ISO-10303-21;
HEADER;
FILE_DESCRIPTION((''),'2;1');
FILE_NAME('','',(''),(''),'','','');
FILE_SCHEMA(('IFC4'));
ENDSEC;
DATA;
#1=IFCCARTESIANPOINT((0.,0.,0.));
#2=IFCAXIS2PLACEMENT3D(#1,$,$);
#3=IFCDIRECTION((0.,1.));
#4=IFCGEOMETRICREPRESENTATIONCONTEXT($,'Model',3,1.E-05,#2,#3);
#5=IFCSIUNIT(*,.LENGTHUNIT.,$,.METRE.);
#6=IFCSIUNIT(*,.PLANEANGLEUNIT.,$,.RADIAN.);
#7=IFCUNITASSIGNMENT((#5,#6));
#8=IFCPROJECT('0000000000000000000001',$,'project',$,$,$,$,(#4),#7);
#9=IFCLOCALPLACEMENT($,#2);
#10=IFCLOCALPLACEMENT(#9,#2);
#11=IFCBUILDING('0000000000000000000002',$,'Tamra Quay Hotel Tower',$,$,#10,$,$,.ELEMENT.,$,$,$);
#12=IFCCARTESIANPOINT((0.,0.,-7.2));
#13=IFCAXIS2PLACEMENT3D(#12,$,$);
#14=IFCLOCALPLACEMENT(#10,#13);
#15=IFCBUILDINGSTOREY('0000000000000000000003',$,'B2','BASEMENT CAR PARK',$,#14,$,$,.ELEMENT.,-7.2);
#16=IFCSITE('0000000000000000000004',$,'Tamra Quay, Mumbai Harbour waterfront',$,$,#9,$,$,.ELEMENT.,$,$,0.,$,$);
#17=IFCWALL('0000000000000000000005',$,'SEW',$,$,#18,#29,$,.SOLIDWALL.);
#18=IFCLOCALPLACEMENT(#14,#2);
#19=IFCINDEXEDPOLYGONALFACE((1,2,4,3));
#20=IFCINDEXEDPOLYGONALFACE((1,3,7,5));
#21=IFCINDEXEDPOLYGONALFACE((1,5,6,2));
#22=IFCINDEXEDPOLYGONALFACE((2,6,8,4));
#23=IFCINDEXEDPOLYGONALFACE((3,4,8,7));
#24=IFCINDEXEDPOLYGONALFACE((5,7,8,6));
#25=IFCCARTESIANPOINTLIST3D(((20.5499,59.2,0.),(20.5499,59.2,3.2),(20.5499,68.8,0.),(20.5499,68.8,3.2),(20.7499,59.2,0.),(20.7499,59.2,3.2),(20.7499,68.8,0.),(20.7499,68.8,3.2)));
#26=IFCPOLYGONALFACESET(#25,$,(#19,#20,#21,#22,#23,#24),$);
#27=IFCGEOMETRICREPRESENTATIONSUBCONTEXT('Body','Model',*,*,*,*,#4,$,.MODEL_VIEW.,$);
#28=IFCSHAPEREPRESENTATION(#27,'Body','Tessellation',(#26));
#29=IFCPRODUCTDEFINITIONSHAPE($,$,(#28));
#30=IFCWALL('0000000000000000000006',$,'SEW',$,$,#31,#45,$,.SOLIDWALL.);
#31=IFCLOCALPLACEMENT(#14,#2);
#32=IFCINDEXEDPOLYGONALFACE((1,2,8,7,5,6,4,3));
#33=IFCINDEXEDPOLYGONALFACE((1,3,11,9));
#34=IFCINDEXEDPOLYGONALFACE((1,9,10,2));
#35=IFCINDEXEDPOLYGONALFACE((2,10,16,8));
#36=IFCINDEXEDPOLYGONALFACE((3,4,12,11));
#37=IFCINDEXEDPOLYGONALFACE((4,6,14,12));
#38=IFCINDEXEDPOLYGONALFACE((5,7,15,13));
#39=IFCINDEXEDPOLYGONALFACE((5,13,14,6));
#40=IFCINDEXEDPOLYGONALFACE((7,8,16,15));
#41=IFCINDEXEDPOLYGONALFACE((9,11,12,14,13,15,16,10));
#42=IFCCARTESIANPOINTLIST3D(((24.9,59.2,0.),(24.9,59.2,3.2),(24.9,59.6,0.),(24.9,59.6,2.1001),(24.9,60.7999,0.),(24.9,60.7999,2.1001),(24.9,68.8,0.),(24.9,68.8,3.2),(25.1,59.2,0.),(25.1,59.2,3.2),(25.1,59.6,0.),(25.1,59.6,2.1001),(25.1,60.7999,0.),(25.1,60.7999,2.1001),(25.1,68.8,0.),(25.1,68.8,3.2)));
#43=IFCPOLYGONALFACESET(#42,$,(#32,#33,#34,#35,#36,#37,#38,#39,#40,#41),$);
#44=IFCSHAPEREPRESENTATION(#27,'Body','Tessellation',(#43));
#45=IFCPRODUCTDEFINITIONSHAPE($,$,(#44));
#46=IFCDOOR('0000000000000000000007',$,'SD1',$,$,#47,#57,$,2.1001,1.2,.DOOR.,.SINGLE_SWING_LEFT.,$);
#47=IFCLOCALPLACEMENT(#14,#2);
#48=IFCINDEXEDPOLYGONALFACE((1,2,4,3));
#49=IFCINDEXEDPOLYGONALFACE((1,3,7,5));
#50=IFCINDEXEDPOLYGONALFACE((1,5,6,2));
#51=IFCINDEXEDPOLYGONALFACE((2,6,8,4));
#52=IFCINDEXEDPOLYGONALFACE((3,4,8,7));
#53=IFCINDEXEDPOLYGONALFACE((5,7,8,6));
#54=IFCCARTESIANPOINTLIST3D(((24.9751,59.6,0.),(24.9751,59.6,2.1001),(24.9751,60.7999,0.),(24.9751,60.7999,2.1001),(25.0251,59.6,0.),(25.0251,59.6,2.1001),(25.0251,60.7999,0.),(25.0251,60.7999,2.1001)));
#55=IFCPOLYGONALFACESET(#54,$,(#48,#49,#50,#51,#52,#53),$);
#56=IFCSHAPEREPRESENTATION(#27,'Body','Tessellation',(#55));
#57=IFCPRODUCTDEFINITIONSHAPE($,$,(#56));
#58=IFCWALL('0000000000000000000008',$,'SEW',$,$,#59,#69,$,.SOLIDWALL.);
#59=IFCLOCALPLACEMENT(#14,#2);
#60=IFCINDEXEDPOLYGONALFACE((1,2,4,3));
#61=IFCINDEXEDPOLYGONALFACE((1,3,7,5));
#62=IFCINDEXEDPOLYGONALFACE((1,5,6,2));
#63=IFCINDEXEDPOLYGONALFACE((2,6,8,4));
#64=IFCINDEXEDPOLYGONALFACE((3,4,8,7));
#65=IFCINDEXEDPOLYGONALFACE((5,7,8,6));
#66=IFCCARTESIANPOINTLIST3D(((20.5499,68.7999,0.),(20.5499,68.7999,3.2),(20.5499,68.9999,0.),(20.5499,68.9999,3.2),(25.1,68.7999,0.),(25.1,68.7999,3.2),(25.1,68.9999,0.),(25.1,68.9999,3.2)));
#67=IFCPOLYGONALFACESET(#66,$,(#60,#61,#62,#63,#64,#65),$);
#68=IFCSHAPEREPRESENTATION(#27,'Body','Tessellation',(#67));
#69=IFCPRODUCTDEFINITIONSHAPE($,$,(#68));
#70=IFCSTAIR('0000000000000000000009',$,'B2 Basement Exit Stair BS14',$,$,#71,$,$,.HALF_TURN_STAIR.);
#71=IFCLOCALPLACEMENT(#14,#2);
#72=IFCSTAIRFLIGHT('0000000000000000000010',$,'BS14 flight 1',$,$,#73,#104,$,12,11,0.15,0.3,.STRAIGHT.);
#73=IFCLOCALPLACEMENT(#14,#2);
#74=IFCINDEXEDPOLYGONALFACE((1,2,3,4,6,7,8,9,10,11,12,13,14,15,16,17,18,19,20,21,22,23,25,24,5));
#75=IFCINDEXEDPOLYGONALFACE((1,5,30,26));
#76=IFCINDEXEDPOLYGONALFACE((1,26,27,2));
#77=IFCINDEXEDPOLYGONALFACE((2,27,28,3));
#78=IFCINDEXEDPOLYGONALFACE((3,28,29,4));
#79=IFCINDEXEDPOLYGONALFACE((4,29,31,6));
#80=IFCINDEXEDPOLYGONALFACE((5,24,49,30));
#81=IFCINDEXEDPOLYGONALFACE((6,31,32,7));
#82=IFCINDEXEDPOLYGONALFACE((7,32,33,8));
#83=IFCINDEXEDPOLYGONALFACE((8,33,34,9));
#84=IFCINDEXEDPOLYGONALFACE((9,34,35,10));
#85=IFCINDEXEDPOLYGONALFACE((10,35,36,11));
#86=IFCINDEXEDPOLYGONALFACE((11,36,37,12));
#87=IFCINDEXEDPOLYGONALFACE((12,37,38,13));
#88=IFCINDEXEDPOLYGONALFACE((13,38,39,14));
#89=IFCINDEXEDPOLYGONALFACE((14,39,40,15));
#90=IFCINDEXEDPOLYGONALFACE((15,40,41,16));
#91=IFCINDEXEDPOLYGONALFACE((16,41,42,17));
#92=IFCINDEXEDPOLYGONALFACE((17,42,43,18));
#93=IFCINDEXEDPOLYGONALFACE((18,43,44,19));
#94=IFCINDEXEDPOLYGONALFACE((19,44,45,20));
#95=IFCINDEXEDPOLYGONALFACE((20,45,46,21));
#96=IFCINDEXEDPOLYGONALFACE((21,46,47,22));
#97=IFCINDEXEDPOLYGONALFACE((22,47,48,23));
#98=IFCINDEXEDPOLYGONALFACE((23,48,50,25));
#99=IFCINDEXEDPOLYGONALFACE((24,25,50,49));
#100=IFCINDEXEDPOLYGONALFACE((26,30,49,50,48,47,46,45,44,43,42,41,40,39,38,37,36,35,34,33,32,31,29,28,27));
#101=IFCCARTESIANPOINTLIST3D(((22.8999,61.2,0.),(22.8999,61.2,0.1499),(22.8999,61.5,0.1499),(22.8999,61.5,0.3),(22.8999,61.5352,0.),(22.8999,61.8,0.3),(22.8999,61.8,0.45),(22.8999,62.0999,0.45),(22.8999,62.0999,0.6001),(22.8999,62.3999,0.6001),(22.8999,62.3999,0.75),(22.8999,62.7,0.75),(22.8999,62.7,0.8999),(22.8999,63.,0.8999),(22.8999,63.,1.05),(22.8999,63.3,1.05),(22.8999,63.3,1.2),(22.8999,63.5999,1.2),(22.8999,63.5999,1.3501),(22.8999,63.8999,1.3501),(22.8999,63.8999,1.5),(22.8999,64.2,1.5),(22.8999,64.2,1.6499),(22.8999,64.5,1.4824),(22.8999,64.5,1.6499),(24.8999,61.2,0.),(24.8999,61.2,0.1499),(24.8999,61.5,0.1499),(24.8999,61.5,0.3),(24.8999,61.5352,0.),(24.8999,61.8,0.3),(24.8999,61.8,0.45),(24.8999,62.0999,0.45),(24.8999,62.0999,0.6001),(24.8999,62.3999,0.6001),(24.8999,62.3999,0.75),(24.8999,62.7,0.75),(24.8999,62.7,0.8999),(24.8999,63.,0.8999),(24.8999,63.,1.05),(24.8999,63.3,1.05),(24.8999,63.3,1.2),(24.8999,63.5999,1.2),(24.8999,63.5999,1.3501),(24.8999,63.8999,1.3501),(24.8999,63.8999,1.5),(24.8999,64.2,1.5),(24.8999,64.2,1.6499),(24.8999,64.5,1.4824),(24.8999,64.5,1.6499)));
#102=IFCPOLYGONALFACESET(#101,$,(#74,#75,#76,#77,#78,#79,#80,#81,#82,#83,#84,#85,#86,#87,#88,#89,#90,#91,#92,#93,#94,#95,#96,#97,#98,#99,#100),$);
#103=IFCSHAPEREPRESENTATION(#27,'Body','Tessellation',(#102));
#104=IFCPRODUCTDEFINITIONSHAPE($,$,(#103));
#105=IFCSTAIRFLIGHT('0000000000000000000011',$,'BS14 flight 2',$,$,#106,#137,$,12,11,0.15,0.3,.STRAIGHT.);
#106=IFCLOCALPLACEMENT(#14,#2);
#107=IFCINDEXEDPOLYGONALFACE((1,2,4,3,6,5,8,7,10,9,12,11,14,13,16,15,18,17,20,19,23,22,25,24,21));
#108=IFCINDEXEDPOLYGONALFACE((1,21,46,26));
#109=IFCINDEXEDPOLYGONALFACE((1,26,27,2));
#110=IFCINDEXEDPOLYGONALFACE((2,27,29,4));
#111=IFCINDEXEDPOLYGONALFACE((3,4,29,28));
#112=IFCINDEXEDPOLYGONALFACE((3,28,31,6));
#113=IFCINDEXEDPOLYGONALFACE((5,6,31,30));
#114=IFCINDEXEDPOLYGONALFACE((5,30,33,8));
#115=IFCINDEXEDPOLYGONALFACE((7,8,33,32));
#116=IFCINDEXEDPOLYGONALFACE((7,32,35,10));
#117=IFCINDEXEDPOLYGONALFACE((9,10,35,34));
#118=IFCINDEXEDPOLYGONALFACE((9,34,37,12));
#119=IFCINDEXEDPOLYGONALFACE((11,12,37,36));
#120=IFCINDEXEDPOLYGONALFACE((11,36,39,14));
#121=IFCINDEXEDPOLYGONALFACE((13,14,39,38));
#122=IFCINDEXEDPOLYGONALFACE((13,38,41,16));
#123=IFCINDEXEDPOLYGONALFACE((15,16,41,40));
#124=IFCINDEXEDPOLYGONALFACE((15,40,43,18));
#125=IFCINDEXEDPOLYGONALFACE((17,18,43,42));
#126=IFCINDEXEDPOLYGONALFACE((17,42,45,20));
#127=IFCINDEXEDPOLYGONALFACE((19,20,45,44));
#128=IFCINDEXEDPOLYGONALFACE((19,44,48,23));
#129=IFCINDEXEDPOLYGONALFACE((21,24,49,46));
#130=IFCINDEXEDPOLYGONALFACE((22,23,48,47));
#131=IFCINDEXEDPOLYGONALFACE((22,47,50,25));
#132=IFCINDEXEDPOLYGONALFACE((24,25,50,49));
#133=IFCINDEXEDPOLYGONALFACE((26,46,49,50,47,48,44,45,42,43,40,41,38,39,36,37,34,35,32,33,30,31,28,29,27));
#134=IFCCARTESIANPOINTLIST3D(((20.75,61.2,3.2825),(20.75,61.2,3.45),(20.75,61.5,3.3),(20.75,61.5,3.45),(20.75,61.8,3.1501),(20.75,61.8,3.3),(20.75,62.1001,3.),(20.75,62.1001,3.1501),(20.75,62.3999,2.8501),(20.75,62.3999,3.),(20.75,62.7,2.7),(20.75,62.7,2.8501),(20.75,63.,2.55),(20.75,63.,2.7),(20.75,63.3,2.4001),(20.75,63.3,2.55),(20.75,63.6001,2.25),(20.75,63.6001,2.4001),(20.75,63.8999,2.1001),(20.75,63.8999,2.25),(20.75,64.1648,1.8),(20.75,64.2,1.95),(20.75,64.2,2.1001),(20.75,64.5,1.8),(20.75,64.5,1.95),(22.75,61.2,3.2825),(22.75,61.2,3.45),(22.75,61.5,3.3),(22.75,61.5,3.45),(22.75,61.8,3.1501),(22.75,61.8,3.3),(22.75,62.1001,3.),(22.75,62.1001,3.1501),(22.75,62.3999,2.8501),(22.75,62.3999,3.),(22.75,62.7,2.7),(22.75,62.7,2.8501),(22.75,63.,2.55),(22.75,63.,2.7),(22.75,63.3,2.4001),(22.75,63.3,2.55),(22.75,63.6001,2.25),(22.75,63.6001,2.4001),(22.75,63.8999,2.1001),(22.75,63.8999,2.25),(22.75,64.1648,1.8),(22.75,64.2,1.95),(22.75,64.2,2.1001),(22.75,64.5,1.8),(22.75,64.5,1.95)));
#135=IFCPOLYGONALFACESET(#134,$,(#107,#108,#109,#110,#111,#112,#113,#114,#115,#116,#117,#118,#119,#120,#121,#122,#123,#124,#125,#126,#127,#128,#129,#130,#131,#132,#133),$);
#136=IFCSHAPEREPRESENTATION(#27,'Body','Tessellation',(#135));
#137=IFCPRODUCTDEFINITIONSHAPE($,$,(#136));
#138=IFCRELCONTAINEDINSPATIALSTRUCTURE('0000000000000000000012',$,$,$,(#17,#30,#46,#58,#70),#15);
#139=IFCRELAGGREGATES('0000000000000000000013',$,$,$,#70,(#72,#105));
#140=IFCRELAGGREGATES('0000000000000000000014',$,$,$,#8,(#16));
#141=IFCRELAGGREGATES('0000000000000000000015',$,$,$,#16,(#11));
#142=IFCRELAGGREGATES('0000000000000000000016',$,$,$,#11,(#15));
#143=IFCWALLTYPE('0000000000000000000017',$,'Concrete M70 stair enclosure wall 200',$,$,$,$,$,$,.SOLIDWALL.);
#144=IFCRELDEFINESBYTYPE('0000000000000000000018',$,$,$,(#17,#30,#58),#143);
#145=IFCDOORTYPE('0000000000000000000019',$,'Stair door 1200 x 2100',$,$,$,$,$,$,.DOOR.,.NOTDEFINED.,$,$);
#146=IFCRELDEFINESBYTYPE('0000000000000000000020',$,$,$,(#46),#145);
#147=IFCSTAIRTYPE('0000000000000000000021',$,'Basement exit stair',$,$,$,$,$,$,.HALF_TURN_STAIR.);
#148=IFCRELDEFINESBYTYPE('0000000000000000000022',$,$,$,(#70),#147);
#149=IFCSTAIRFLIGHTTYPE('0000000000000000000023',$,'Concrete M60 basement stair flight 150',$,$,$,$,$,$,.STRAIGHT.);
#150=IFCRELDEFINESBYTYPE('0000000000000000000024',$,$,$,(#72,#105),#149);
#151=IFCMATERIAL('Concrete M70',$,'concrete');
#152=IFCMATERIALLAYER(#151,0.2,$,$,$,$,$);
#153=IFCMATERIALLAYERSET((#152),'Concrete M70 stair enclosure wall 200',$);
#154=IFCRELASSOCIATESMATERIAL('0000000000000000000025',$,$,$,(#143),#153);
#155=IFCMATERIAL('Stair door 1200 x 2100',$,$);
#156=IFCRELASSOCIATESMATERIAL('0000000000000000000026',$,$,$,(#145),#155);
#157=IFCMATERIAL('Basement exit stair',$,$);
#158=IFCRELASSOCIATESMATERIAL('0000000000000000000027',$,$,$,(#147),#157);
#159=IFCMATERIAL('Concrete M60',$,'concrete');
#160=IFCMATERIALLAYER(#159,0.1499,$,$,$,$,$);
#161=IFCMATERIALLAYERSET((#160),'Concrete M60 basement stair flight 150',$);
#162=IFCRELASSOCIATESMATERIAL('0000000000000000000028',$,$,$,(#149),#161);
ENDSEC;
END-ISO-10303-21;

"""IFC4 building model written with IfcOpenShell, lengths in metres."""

from ifc_helpers import new_model, si_unit, direction, frame, frame_2d, origin, place, context, subcontext, project, spatial, polyline, rectangle, outline, extrude, material, layer, layer_set, type_object, element, fill, aggregate, save


model = new_model("IFC4")

# Units and contexts
model_context = context("Model", 3, precision=1e-05, world=origin(), true_north=direction((0.0, 1.0)))
body_context = subcontext(model_context, "Body", "Model", "MODEL_VIEW")
ifc_project = project(units=[si_unit("LENGTHUNIT", "METRE"), si_unit("PLANEANGLEUNIT", "RADIAN")], contexts=[model_context])

# Site, building, storey
site_placement = place(None, origin())
site = spatial("IfcSite", under=ifc_project, at=site_placement, Name="Tamra Quay, Mumbai Harbour waterfront", CompositionType="ELEMENT", RefElevation=0.0)
building_placement = place(site_placement, origin())
building = spatial("IfcBuilding", under=site, at=building_placement, Name="Tamra Quay Hotel Tower", CompositionType="ELEMENT")
storey_placement = place(building_placement, frame((0.0, 0.0, -7.2)))
storey = spatial("IfcBuildingStorey", under=building, at=storey_placement, Name="B2", Description="BASEMENT CAR PARK", CompositionType="ELEMENT", Elevation=-7.2)

# Shared definitions
ifc_material_1 = material(Name="Concrete M70", Category="concrete")

# Wall
ifc_layer_1 = layer(ifc_material_1, 0.2)
ifc_layer_set_1 = layer_set([ifc_layer_1], Name="Concrete M70 stair enclosure wall 200")
wall_type_1 = type_object("IfcWallType", Name="Concrete M70 stair enclosure wall 200", PredefinedType="SOLIDWALL", material=ifc_layer_set_1)
wall_1_placement = place(storey_placement, frame((20.6499, 59.2, 0.0), z_axis=(0.0, 0.0, 1.0), x_axis=(0.0, 1.0, 0.0)))
element("IfcWall", 1, at=wall_1_placement, inside=storey, type_object=wall_type_1, Name="SEW", PredefinedType="SOLIDWALL", context=body_context, shape_type="SweptSolid", body=[
    extrude(rectangle(XDim=9.6001, YDim=0.2, at=frame_2d((4.8, 0.0))), origin(), (0.0, 0.0, 1.0), 3.2),
])

# Wall, opening, door
wall_2_placement = place(storey_placement, frame((25.0, 59.2, 0.0), z_axis=(0.0, 0.0, 1.0), x_axis=(0.0, 1.0, 0.0)))
wall_2 = element("IfcWall", 2, at=wall_2_placement, inside=storey, type_object=wall_type_1, Name="SEW", PredefinedType="SOLIDWALL", context=body_context, shape_type="SweptSolid", body=[
    extrude(rectangle(XDim=9.6001, YDim=0.2, at=frame_2d((4.8, 0.0))), origin(), (0.0, 0.0, 1.0), 3.2),
])
opening_1_placement = place(wall_2_placement, frame((0.3999, 0.0, 0.0)))
opening_1 = element("IfcOpeningElement", 3, at=opening_1_placement, cuts=wall_2, PredefinedType="OPENING", context=body_context, shape_type="SweptSolid", body=[
    extrude(rectangle(XDim=1.2, YDim=2.1001, at=frame_2d((0.6001, 1.05))), frame((0.0, 0.1099, 0.0), z_axis=(0.0, -1.0, 0.0), x_axis=(1.0, 0.0, 0.0)), (0.0, 0.0, 1.0), 0.22),
])
ifc_material_2 = material(Name="Stair door 1200 x 2100")
door_type_1 = type_object("IfcDoorType", Name="Stair door 1200 x 2100", OperationType="NOTDEFINED", PredefinedType="DOOR", material=ifc_material_2)
door_1_placement = place(opening_1_placement, origin())
door_1 = element("IfcDoor", 4, at=door_1_placement, inside=storey, type_object=door_type_1, Name="SD1", OperationType="SINGLE_SWING_LEFT", OverallHeight=2.1001, OverallWidth=1.2, PredefinedType="DOOR", context=body_context, shape_type="SweptSolid", body=[
    extrude(rectangle(XDim=1.2, YDim=2.1001, at=frame_2d((0.6001, 1.05))), frame((0.0, 0.0249, 0.0), z_axis=(0.0, -1.0, 0.0), x_axis=(1.0, 0.0, 0.0)), (0.0, 0.0, 1.0), 0.05),
])
fill(opening_1, door_1)

# Wall
wall_3_placement = place(storey_placement, frame((20.55, 68.8999, 0.0), z_axis=(0.0, 0.0, 1.0), x_axis=(1.0, 0.0, 0.0)))
element("IfcWall", 5, at=wall_3_placement, inside=storey, type_object=wall_type_1, Name="SEW", PredefinedType="SOLIDWALL", context=body_context, shape_type="SweptSolid", body=[
    extrude(rectangle(XDim=4.55, YDim=0.2, at=frame_2d((2.2749, 0.0))), origin(), (0.0, 0.0, 1.0), 3.2),
])

# Stair, stair flights
ifc_material_3 = material(Name="Basement exit stair")
stair_type = type_object("IfcStairType", Name="Basement exit stair", PredefinedType="HALF_TURN_STAIR", material=ifc_material_3)
stair_placement = place(storey_placement, origin())
stair = element("IfcStair", 6, at=stair_placement, inside=storey, type_object=stair_type, Name="B2 Basement Exit Stair BS14", PredefinedType="HALF_TURN_STAIR")
ifc_material_4 = material(Name="Concrete M60", Category="concrete")
ifc_layer_2 = layer(ifc_material_4, 0.1499)
ifc_layer_set_2 = layer_set([ifc_layer_2], Name="Concrete M60 basement stair flight 150")
stair_flight_type = type_object("IfcStairFlightType", Name="Concrete M60 basement stair flight 150", PredefinedType="STRAIGHT", material=ifc_layer_set_2)
stair_flight_1_placement = place(storey_placement, frame((23.8999, 61.2, 0.0), z_axis=(0.0, 0.0, 1.0), x_axis=(0.0, 1.0, 0.0)))
stair_flight_1 = element("IfcStairFlight", 7, at=stair_flight_1_placement, type_object=stair_flight_type, Name="BS14 flight 1", NumberOfRisers=12, NumberOfTreads=11, PredefinedType="STRAIGHT", RiserHeight=0.15, TreadLength=0.3, context=body_context, shape_type="SweptSolid", body=[
    extrude(outline(polyline([(0.0, 0.0), (0.0, 0.1499), (0.3, 0.1499), (0.3, 0.3), (0.6001, 0.3), (0.6001, 0.45), (0.8999, 0.45), (0.8999, 0.6001), (1.2, 0.6001), (1.2, 0.75), (1.5, 0.75), (1.5, 0.8999), (1.8, 0.8999), (1.8, 1.05), (2.1001, 1.05), (2.1001, 1.2), (2.3999, 1.2), (2.3999, 1.3501), (2.7, 1.3501), (2.7, 1.5), (3.0, 1.5), (3.0, 1.6499), (3.3, 1.6499), (3.3, 1.8), (3.3, 1.4824), (0.3352, 0.0), (0.0, 0.0)])), frame((0.0, 1.0, 0.0), z_axis=(0.0, -1.0, 0.0), x_axis=(1.0, 0.0, 0.0)), (0.0, 0.0, 1.0), 2.0),
])
stair_flight_2_placement = place(storey_placement, frame((21.75, 64.5, 1.8), z_axis=(0.0, 0.0, 1.0), x_axis=(0.0, -1.0, 0.0)))
stair_flight_2 = element("IfcStairFlight", 8, at=stair_flight_2_placement, type_object=stair_flight_type, Name="BS14 flight 2", NumberOfRisers=12, NumberOfTreads=11, PredefinedType="STRAIGHT", RiserHeight=0.15, TreadLength=0.3, context=body_context, shape_type="SweptSolid", body=[
    extrude(outline(polyline([(0.0, 0.0), (0.0, 0.1499), (0.3, 0.1499), (0.3, 0.3), (0.6001, 0.3), (0.6001, 0.45), (0.8999, 0.45), (0.8999, 0.6001), (1.2, 0.6001), (1.2, 0.75), (1.5, 0.75), (1.5, 0.8999), (1.8, 0.8999), (1.8, 1.05), (2.1001, 1.05), (2.1001, 1.2), (2.3999, 1.2), (2.3999, 1.3501), (2.7, 1.3501), (2.7, 1.5), (3.0, 1.5), (3.0, 1.6499), (3.3, 1.6499), (3.3, 1.8), (3.3, 1.4824), (0.3352, 0.0), (0.0, 0.0)])), frame((0.0, 1.0, 0.0), z_axis=(0.0, -1.0, 0.0), x_axis=(1.0, 0.0, 0.0)), (0.0, 0.0, 1.0), 2.0),
])
aggregate(stair, [stair_flight_1, stair_flight_2])

save(model, "model.ifc")
